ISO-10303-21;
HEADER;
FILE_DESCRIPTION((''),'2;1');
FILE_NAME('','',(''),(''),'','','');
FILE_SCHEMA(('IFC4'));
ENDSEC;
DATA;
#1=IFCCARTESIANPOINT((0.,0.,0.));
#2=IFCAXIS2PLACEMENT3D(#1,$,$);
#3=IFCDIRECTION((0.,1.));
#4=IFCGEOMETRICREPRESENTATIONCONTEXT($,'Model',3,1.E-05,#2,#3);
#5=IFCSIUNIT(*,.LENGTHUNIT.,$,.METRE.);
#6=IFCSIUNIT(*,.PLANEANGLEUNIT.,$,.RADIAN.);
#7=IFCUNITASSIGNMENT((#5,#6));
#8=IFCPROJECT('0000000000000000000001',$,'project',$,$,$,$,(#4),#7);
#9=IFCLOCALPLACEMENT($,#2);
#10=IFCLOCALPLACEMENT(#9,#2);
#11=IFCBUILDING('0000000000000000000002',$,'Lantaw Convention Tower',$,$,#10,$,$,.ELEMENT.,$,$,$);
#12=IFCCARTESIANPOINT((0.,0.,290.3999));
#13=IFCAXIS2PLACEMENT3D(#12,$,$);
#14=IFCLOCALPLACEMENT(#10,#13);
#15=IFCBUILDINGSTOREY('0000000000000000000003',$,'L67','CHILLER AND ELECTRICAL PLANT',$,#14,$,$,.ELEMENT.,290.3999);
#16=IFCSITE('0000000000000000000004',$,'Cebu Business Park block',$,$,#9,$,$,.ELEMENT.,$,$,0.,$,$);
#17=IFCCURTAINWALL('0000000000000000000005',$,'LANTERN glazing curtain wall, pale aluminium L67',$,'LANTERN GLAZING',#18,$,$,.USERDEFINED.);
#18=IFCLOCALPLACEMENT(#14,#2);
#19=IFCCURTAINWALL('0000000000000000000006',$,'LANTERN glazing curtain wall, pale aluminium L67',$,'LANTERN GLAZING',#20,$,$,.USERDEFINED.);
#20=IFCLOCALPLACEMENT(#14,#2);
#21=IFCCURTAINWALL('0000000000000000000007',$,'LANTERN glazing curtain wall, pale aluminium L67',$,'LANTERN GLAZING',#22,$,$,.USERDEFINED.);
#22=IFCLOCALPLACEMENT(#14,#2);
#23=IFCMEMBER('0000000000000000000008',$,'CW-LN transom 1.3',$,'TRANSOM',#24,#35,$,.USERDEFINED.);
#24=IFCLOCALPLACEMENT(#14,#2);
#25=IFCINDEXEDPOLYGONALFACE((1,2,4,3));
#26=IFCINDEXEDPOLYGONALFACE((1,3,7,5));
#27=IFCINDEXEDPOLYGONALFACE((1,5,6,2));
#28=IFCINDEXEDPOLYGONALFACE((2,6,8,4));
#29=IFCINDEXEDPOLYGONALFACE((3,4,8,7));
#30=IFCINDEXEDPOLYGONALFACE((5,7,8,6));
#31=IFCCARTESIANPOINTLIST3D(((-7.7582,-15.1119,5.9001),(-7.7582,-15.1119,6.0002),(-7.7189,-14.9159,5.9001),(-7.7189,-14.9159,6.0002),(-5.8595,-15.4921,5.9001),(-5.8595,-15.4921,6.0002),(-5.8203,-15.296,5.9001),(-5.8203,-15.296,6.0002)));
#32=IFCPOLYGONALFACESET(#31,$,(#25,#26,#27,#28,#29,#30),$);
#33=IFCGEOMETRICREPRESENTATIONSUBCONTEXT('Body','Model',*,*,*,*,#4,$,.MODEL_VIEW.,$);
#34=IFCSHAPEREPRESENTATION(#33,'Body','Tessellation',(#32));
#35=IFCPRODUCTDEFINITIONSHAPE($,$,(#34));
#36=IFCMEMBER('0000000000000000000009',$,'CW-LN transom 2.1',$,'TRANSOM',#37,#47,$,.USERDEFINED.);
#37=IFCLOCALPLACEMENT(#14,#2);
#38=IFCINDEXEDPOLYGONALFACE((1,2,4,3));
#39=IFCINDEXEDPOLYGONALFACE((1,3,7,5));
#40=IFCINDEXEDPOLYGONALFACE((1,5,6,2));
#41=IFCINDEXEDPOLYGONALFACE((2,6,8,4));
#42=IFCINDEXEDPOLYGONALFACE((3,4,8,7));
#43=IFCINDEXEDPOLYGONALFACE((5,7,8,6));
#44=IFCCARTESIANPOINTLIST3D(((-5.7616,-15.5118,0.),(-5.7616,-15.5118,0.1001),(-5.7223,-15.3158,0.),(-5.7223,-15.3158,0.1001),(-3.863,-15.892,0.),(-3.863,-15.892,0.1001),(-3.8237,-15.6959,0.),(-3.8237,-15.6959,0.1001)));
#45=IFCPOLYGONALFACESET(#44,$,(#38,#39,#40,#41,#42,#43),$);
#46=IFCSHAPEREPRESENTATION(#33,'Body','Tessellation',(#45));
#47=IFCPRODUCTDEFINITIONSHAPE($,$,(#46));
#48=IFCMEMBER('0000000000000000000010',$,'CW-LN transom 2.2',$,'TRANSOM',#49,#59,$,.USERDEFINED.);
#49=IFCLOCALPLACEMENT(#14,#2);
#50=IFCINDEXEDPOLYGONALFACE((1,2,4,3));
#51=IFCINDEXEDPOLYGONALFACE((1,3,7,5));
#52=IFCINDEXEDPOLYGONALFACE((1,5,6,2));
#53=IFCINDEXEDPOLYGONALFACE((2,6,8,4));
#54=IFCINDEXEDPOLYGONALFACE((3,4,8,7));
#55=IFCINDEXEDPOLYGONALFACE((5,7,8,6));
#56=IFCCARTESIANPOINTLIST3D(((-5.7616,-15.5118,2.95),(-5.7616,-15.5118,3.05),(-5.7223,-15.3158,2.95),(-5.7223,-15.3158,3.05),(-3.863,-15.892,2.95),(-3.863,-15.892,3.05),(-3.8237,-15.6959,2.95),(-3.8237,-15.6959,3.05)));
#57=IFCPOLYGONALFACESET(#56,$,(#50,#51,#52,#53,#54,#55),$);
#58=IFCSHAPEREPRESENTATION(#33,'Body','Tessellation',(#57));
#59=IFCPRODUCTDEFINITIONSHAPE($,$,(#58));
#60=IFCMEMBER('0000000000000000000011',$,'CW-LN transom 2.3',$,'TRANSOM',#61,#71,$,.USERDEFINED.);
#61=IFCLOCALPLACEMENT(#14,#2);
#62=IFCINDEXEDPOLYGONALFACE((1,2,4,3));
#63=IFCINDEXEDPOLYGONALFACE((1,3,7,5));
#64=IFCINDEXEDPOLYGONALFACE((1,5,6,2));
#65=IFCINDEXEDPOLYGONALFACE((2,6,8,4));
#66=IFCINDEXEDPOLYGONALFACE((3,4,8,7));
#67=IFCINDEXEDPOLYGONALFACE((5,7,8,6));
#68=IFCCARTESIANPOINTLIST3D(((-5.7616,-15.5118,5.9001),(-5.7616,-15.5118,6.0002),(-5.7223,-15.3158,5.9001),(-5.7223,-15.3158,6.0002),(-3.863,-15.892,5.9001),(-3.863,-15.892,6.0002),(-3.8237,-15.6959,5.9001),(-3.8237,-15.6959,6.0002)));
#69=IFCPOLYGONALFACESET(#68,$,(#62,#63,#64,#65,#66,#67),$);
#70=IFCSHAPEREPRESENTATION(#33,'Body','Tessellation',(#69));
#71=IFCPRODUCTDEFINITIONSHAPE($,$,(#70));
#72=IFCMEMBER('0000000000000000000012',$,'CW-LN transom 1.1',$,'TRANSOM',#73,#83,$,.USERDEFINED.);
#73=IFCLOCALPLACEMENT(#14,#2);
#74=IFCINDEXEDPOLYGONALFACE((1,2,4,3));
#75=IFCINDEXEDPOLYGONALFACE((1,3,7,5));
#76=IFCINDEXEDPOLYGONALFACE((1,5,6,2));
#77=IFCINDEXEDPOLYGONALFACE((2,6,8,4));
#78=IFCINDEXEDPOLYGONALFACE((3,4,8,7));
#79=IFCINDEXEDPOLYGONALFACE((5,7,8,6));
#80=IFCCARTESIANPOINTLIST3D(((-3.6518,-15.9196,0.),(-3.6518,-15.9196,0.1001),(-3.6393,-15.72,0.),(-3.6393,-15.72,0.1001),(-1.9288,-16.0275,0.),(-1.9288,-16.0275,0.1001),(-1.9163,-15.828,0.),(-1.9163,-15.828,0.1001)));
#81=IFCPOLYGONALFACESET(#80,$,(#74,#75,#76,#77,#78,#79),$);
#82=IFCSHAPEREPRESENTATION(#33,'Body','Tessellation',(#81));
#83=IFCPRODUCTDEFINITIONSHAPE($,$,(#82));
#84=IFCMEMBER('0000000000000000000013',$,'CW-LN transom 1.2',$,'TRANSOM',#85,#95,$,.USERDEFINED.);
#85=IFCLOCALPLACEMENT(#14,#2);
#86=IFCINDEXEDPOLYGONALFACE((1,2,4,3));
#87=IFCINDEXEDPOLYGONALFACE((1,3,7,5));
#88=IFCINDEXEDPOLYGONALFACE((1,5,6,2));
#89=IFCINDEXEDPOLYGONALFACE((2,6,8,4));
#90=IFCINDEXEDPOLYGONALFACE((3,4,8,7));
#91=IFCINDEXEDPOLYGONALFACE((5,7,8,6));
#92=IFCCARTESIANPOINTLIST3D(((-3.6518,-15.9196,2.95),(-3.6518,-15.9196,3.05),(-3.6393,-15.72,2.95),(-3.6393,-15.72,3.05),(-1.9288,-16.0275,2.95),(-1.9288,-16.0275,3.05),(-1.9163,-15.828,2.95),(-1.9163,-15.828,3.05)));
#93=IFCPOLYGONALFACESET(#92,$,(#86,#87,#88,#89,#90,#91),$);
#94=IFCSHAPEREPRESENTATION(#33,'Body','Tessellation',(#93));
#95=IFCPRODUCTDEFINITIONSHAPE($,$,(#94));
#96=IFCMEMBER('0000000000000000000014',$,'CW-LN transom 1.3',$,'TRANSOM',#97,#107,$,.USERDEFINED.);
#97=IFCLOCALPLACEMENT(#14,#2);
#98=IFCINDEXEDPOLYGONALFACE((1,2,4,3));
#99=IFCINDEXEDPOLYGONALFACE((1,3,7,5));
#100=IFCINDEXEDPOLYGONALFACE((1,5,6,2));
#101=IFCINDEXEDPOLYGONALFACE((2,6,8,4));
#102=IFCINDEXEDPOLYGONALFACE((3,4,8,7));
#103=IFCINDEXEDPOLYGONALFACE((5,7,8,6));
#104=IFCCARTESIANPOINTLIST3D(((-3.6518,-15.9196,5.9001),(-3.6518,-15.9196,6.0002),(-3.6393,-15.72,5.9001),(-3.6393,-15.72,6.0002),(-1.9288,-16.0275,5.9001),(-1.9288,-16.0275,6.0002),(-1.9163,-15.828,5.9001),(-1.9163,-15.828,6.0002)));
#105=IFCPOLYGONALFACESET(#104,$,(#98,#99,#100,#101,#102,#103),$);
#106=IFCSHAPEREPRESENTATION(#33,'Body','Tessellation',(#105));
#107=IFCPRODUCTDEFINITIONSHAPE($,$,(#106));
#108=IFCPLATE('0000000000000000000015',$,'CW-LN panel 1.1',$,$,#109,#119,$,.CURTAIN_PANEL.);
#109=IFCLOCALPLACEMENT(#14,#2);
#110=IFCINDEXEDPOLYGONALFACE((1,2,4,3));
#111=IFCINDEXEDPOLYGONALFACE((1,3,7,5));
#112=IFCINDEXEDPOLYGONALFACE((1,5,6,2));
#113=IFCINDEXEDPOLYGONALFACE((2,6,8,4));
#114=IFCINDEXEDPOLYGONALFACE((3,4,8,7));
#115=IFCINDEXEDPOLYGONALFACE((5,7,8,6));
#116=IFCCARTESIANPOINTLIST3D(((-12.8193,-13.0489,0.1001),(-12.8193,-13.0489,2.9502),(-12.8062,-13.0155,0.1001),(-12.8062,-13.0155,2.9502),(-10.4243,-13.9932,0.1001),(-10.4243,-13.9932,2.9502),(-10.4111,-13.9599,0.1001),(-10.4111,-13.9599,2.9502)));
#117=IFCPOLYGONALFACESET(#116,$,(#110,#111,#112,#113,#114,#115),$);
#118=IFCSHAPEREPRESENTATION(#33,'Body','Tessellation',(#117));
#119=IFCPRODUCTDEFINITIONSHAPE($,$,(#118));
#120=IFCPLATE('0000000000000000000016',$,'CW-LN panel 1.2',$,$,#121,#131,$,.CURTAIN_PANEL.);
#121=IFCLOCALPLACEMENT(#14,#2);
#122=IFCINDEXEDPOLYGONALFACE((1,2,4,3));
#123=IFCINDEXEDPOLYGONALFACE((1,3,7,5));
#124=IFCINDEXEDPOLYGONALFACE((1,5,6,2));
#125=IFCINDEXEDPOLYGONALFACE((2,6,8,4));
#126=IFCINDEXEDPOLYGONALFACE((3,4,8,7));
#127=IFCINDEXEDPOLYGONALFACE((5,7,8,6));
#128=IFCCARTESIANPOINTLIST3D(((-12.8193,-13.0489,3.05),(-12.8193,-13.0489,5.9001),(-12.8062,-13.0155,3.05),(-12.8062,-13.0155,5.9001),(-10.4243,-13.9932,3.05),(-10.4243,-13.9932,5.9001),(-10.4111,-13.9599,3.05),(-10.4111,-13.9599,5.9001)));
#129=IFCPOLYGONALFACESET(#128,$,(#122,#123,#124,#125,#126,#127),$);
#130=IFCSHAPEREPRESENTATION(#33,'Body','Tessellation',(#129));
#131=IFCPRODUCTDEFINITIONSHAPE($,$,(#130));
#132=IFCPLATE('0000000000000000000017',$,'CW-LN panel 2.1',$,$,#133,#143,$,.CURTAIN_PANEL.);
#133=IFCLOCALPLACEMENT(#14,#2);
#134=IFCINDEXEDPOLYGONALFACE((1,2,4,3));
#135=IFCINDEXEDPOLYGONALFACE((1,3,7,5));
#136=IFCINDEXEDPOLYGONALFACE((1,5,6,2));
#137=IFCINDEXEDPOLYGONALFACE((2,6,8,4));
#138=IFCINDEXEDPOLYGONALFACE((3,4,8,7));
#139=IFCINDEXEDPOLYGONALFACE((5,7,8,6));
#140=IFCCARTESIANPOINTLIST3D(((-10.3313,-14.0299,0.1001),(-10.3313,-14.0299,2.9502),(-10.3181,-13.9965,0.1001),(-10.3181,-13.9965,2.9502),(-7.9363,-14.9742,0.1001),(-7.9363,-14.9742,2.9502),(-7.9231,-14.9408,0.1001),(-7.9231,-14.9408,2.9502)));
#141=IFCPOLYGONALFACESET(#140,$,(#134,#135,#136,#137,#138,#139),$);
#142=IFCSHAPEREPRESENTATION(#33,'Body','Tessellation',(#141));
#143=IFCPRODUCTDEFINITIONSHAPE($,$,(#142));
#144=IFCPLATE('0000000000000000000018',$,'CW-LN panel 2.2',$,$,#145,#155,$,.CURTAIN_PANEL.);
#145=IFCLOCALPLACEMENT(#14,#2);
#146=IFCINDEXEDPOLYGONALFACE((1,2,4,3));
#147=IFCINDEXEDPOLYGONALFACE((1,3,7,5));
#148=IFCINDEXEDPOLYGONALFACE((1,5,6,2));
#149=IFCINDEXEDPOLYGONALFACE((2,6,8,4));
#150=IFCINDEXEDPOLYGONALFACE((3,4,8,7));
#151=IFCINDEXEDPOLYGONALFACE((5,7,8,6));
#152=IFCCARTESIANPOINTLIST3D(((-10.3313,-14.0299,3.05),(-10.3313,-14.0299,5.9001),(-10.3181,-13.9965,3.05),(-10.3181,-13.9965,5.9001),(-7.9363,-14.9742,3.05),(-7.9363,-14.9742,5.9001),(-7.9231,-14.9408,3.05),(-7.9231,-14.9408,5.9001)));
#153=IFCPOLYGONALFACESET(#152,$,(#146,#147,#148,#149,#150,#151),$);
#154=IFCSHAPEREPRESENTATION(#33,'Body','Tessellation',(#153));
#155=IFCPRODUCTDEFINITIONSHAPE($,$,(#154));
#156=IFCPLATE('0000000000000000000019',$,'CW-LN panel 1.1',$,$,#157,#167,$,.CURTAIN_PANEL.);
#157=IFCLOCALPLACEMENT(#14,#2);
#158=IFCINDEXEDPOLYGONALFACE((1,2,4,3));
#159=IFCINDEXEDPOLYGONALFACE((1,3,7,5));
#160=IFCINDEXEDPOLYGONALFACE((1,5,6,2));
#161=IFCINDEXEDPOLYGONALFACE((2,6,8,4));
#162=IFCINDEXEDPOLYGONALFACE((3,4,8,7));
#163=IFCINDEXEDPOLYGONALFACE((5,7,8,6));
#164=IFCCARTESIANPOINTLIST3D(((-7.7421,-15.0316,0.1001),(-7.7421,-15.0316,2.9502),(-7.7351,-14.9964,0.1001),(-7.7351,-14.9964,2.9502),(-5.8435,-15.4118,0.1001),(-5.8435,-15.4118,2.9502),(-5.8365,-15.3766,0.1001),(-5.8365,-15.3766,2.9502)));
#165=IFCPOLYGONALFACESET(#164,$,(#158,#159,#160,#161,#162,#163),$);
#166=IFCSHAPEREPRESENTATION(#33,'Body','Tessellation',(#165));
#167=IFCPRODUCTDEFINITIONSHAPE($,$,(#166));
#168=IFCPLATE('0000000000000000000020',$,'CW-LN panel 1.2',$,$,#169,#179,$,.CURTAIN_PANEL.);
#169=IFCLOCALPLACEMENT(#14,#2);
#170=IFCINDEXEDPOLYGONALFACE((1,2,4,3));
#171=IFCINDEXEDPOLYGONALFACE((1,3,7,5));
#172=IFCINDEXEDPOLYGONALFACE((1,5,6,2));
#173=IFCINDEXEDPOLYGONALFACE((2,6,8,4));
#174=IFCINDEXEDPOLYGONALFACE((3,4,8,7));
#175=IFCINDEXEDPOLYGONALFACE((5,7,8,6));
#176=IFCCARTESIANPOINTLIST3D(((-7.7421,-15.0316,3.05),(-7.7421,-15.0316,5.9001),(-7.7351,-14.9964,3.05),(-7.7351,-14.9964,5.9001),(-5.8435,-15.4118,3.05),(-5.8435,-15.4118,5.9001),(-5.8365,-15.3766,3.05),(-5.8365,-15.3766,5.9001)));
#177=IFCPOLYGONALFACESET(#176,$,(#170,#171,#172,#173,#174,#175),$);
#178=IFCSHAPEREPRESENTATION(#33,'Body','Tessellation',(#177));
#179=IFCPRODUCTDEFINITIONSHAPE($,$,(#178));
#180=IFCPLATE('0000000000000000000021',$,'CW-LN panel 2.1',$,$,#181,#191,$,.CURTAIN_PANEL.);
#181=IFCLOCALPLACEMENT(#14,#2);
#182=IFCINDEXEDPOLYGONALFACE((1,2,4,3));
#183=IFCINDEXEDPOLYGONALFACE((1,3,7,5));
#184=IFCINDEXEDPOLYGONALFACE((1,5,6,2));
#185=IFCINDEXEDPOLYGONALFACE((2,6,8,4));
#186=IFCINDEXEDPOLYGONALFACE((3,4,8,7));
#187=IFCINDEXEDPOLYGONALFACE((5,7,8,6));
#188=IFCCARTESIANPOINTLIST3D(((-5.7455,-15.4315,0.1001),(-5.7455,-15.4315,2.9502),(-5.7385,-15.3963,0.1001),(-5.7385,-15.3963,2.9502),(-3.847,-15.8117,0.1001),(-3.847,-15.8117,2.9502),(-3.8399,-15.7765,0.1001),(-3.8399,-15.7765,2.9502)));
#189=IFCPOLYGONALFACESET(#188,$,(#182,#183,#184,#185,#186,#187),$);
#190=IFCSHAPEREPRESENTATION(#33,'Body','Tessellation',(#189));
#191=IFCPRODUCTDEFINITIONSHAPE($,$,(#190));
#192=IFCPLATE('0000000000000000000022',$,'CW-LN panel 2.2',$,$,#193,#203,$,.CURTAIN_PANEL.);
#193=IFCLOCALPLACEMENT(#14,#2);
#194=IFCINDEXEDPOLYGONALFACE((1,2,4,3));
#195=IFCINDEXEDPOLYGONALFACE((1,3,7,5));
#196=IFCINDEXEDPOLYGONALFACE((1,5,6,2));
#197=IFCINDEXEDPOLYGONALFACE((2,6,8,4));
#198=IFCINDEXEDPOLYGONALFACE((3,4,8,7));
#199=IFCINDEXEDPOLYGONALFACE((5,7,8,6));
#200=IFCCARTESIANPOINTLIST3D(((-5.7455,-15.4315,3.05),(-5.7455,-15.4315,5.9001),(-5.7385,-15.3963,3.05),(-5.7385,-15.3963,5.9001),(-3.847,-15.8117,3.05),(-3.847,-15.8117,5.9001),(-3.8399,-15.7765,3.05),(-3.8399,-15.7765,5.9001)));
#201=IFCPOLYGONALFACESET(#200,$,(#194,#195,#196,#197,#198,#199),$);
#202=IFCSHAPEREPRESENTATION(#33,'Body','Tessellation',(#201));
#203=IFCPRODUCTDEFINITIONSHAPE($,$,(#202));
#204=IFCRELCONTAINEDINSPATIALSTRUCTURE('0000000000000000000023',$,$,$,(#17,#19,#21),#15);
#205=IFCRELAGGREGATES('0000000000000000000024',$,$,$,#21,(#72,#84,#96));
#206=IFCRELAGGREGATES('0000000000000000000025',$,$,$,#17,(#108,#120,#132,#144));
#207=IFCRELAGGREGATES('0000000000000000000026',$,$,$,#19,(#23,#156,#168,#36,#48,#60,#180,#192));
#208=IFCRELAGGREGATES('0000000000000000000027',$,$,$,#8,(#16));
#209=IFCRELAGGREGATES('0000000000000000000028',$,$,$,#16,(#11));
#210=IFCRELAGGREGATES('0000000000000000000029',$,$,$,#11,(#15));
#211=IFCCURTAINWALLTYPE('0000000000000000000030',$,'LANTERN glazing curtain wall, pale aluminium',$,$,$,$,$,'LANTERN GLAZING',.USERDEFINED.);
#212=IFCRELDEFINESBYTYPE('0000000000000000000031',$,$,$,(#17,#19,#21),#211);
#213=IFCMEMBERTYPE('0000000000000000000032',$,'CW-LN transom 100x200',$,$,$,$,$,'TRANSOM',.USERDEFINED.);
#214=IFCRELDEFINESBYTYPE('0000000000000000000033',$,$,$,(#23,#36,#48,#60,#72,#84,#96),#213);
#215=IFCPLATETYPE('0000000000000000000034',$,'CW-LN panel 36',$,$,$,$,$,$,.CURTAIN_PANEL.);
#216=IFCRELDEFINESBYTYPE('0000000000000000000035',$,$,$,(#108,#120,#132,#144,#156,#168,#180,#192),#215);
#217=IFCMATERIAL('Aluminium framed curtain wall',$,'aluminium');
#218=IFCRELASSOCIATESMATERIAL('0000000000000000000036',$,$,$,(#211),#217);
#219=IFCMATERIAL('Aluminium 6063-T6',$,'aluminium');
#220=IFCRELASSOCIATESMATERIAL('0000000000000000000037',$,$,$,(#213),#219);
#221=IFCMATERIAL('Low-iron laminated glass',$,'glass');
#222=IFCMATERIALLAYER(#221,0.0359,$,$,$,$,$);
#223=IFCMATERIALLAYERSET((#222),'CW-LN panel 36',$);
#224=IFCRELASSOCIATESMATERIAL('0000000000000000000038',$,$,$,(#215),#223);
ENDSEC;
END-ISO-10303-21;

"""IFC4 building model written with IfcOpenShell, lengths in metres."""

from ifc_helpers import new_model, si_unit, direction, frame, origin, origin_2d, place, context, subcontext, project, spatial, rectangle, extrude, material, layer, layer_set, material_profile, profile_set, type_object, element, aggregate, save


model = new_model("IFC4")

# Units and contexts
model_context = context("Model", 3, precision=1e-05, world=origin(), true_north=direction((0.0, 1.0)))
body_context = subcontext(model_context, "Body", "Model", "MODEL_VIEW")
ifc_project = project(units=[si_unit("LENGTHUNIT", "METRE"), si_unit("PLANEANGLEUNIT", "RADIAN")], contexts=[model_context])

# Site, building, storey
site_placement = place(None, origin())
site = spatial("IfcSite", under=ifc_project, at=site_placement, Name="Cebu Business Park block", CompositionType="ELEMENT", RefElevation=0.0)
building_placement = place(site_placement, origin())
building = spatial("IfcBuilding", under=site, at=building_placement, Name="Lantaw Convention Tower", CompositionType="ELEMENT")
storey_placement = place(building_placement, frame((0.0, 0.0, 290.3999)))
storey = spatial("IfcBuildingStorey", under=building, at=storey_placement, Name="L67", Description="CHILLER AND ELECTRICAL PLANT", CompositionType="ELEMENT", Elevation=290.3999)

# Curtain walls
ifc_material_1 = material(Name="Aluminium framed curtain wall", Category="aluminium")
curtain_wall_type = type_object("IfcCurtainWallType", Name="LANTERN glazing curtain wall, pale aluminium", ElementType="LANTERN GLAZING", PredefinedType="USERDEFINED", material=ifc_material_1)
curtain_wall_1_placement = place(storey_placement, origin())
curtain_wall_1 = element("IfcCurtainWall", 1, at=curtain_wall_1_placement, inside=storey, type_object=curtain_wall_type, Name="LANTERN glazing curtain wall, pale aluminium L67", ObjectType="LANTERN GLAZING", PredefinedType="USERDEFINED")
ifc_material_2 = material(Name="Aluminium 6063-T6", Category="aluminium")
curtain_wall_2_placement = place(storey_placement, origin())
curtain_wall_2 = element("IfcCurtainWall", 2, at=curtain_wall_2_placement, inside=storey, type_object=curtain_wall_type, Name="LANTERN glazing curtain wall, pale aluminium L67", ObjectType="LANTERN GLAZING", PredefinedType="USERDEFINED")

# Curtain wall
curtain_wall_3_placement = place(storey_placement, origin())
curtain_wall_3 = element("IfcCurtainWall", 3, at=curtain_wall_3_placement, inside=storey, type_object=curtain_wall_type, Name="LANTERN glazing curtain wall, pale aluminium L67", ObjectType="LANTERN GLAZING", PredefinedType="USERDEFINED")

# Members
ifc_material_profile_1 = material_profile(ifc_material_2, rectangle(XDim=0.2, YDim=0.1001, at=origin_2d()), Name="CW-LN transom 100x200")
ifc_profile_set_1 = profile_set([ifc_material_profile_1], Name="Aluminium 6063-T6")
member_type_1 = type_object("IfcMemberType", Name="CW-LN transom 100x200", ElementType="TRANSOM", PredefinedType="USERDEFINED", material=ifc_profile_set_1)
member_1_placement = place(storey_placement, frame((-7.7385, -15.0139, 5.9502), z_axis=(0.980542, -0.19631, 0.0), x_axis=(0.19631, 0.980542, 0.0)))
member_1 = element("IfcMember", 4, at=member_1_placement, type_object=member_type_1, Name="CW-LN transom 1.3", ObjectType="TRANSOM", PredefinedType="USERDEFINED", context=body_context, shape_type="SweptSolid", body=[
    extrude(rectangle(XDim=0.2, YDim=0.1001, at=origin_2d()), origin(), (0.0, 0.0, 1.0), 1.9363),
])
member_2_placement = place(storey_placement, frame((-5.7419, -15.4138, 0.05), z_axis=(0.980542, -0.19631, 0.0), x_axis=(0.19631, 0.980542, 0.0)))
member_2 = element("IfcMember", 5, at=member_2_placement, type_object=member_type_1, Name="CW-LN transom 2.1", ObjectType="TRANSOM", PredefinedType="USERDEFINED", context=body_context, shape_type="SweptSolid", body=[
    extrude(rectangle(XDim=0.2, YDim=0.1001, at=origin_2d()), origin(), (0.0, 0.0, 1.0), 1.9363),
])
member_3_placement = place(storey_placement, frame((-5.7419, -15.4138, 3.0), z_axis=(0.980542, -0.19631, 0.0), x_axis=(0.19631, 0.980542, 0.0)))
member_3 = element("IfcMember", 6, at=member_3_placement, type_object=member_type_1, Name="CW-LN transom 2.2", ObjectType="TRANSOM", PredefinedType="USERDEFINED", context=body_context, shape_type="SweptSolid", body=[
    extrude(rectangle(XDim=0.2, YDim=0.1001, at=origin_2d()), origin(), (0.0, 0.0, 1.0), 1.9363),
])
member_4_placement = place(storey_placement, frame((-5.7419, -15.4138, 5.9502), z_axis=(0.980542, -0.19631, 0.0), x_axis=(0.19631, 0.980542, 0.0)))
member_4 = element("IfcMember", 7, at=member_4_placement, type_object=member_type_1, Name="CW-LN transom 2.3", ObjectType="TRANSOM", PredefinedType="USERDEFINED", context=body_context, shape_type="SweptSolid", body=[
    extrude(rectangle(XDim=0.2, YDim=0.1001, at=origin_2d()), origin(), (0.0, 0.0, 1.0), 1.9363),
])
member_5_placement = place(storey_placement, frame((-3.6455, -15.8198, 0.05), z_axis=(0.998044, -0.06251, 0.0), x_axis=(0.06251, 0.998044, 0.0)))
member_5 = element("IfcMember", 8, at=member_5_placement, type_object=member_type_1, Name="CW-LN transom 1.1", ObjectType="TRANSOM", PredefinedType="USERDEFINED", context=body_context, shape_type="SweptSolid", body=[
    extrude(rectangle(XDim=0.2, YDim=0.1001, at=origin_2d()), origin(), (0.0, 0.0, 1.0), 1.7263),
])
member_6_placement = place(storey_placement, frame((-3.6455, -15.8198, 3.0), z_axis=(0.998044, -0.06251, 0.0), x_axis=(0.06251, 0.998044, 0.0)))
member_6 = element("IfcMember", 9, at=member_6_placement, type_object=member_type_1, Name="CW-LN transom 1.2", ObjectType="TRANSOM", PredefinedType="USERDEFINED", context=body_context, shape_type="SweptSolid", body=[
    extrude(rectangle(XDim=0.2, YDim=0.1001, at=origin_2d()), origin(), (0.0, 0.0, 1.0), 1.7263),
])
member_7_placement = place(storey_placement, frame((-3.6455, -15.8198, 5.9502), z_axis=(0.998044, -0.06251, 0.0), x_axis=(0.06251, 0.998044, 0.0)))
member_7 = element("IfcMember", 10, at=member_7_placement, type_object=member_type_1, Name="CW-LN transom 1.3", ObjectType="TRANSOM", PredefinedType="USERDEFINED", context=body_context, shape_type="SweptSolid", body=[
    extrude(rectangle(XDim=0.2, YDim=0.1001, at=origin_2d()), origin(), (0.0, 0.0, 1.0), 1.7263),
])
aggregate(curtain_wall_3, [member_5, member_6, member_7])

# Plates
ifc_material_3 = material(Name="Low-iron laminated glass", Category="glass")
ifc_layer = layer(ifc_material_3, 0.0359)
ifc_layer_set = layer_set([ifc_layer], Name="CW-LN panel 36")
plate_type = type_object("IfcPlateType", Name="CW-LN panel 36", PredefinedType="CURTAIN_PANEL", material=ifc_layer_set)
plate_1_placement = place(storey_placement, frame((-11.6152, -13.5044, 0.1001), z_axis=(0.0, 0.0, 1.0), x_axis=(0.930299, -0.366802, 0.0)))
plate_1 = element("IfcPlate", 11, at=plate_1_placement, type_object=plate_type, Name="CW-LN panel 1.1", PredefinedType="CURTAIN_PANEL", context=body_context, shape_type="SweptSolid", body=[
    extrude(rectangle(XDim=2.5745, YDim=0.0359, at=origin_2d()), origin(), (0.0, 0.0, 1.0), 2.8501),
])
plate_2_placement = place(storey_placement, frame((-11.6152, -13.5044, 3.05), z_axis=(0.0, 0.0, 1.0), x_axis=(0.930299, -0.366802, 0.0)))
plate_2 = element("IfcPlate", 12, at=plate_2_placement, type_object=plate_type, Name="CW-LN panel 1.2", PredefinedType="CURTAIN_PANEL", context=body_context, shape_type="SweptSolid", body=[
    extrude(rectangle(XDim=2.5745, YDim=0.0359, at=origin_2d()), origin(), (0.0, 0.0, 1.0), 2.8501),
])
plate_3_placement = place(storey_placement, frame((-9.1272, -14.4854, 0.1001), z_axis=(0.0, 0.0, 1.0), x_axis=(0.930299, -0.366802, 0.0)))
plate_3 = element("IfcPlate", 13, at=plate_3_placement, type_object=plate_type, Name="CW-LN panel 2.1", PredefinedType="CURTAIN_PANEL", context=body_context, shape_type="SweptSolid", body=[
    extrude(rectangle(XDim=2.5745, YDim=0.0359, at=origin_2d()), origin(), (0.0, 0.0, 1.0), 2.8501),
])
plate_4_placement = place(storey_placement, frame((-9.1272, -14.4854, 3.05), z_axis=(0.0, 0.0, 1.0), x_axis=(0.930299, -0.366802, 0.0)))
plate_4 = element("IfcPlate", 14, at=plate_4_placement, type_object=plate_type, Name="CW-LN panel 2.2", PredefinedType="CURTAIN_PANEL", context=body_context, shape_type="SweptSolid", body=[
    extrude(rectangle(XDim=2.5745, YDim=0.0359, at=origin_2d()), origin(), (0.0, 0.0, 1.0), 2.8501),
])
aggregate(curtain_wall_1, [plate_1, plate_2, plate_3, plate_4])
plate_5_placement = place(storey_placement, frame((-6.7893, -15.2041, 0.1001), z_axis=(0.0, 0.0, 1.0), x_axis=(0.98053, -0.196367, 0.0)))
plate_5 = element("IfcPlate", 15, at=plate_5_placement, type_object=plate_type, Name="CW-LN panel 1.1", PredefinedType="CURTAIN_PANEL", context=body_context, shape_type="SweptSolid", body=[
    extrude(rectangle(XDim=1.9363, YDim=0.0359, at=origin_2d()), origin(), (0.0, 0.0, 1.0), 2.8501),
])
plate_6_placement = place(storey_placement, frame((-6.7893, -15.2041, 3.05), z_axis=(0.0, 0.0, 1.0), x_axis=(0.98053, -0.196367, 0.0)))
plate_6 = element("IfcPlate", 16, at=plate_6_placement, type_object=plate_type, Name="CW-LN panel 1.2", PredefinedType="CURTAIN_PANEL", context=body_context, shape_type="SweptSolid", body=[
    extrude(rectangle(XDim=1.9363, YDim=0.0359, at=origin_2d()), origin(), (0.0, 0.0, 1.0), 2.8501),
])
plate_7_placement = place(storey_placement, frame((-4.7927, -15.604, 0.1001), z_axis=(0.0, 0.0, 1.0), x_axis=(0.98053, -0.196367, 0.0)))
plate_7 = element("IfcPlate", 17, at=plate_7_placement, type_object=plate_type, Name="CW-LN panel 2.1", PredefinedType="CURTAIN_PANEL", context=body_context, shape_type="SweptSolid", body=[
    extrude(rectangle(XDim=1.9363, YDim=0.0359, at=origin_2d()), origin(), (0.0, 0.0, 1.0), 2.8501),
])
plate_8_placement = place(storey_placement, frame((-4.7927, -15.604, 3.05), z_axis=(0.0, 0.0, 1.0), x_axis=(0.98053, -0.196367, 0.0)))
plate_8 = element("IfcPlate", 18, at=plate_8_placement, type_object=plate_type, Name="CW-LN panel 2.2", PredefinedType="CURTAIN_PANEL", context=body_context, shape_type="SweptSolid", body=[
    extrude(rectangle(XDim=1.9363, YDim=0.0359, at=origin_2d()), origin(), (0.0, 0.0, 1.0), 2.8501),
])
aggregate(curtain_wall_2, [member_1, plate_5, plate_6, member_2, member_3, member_4, plate_7, plate_8])

save(model, "model.ifc")
